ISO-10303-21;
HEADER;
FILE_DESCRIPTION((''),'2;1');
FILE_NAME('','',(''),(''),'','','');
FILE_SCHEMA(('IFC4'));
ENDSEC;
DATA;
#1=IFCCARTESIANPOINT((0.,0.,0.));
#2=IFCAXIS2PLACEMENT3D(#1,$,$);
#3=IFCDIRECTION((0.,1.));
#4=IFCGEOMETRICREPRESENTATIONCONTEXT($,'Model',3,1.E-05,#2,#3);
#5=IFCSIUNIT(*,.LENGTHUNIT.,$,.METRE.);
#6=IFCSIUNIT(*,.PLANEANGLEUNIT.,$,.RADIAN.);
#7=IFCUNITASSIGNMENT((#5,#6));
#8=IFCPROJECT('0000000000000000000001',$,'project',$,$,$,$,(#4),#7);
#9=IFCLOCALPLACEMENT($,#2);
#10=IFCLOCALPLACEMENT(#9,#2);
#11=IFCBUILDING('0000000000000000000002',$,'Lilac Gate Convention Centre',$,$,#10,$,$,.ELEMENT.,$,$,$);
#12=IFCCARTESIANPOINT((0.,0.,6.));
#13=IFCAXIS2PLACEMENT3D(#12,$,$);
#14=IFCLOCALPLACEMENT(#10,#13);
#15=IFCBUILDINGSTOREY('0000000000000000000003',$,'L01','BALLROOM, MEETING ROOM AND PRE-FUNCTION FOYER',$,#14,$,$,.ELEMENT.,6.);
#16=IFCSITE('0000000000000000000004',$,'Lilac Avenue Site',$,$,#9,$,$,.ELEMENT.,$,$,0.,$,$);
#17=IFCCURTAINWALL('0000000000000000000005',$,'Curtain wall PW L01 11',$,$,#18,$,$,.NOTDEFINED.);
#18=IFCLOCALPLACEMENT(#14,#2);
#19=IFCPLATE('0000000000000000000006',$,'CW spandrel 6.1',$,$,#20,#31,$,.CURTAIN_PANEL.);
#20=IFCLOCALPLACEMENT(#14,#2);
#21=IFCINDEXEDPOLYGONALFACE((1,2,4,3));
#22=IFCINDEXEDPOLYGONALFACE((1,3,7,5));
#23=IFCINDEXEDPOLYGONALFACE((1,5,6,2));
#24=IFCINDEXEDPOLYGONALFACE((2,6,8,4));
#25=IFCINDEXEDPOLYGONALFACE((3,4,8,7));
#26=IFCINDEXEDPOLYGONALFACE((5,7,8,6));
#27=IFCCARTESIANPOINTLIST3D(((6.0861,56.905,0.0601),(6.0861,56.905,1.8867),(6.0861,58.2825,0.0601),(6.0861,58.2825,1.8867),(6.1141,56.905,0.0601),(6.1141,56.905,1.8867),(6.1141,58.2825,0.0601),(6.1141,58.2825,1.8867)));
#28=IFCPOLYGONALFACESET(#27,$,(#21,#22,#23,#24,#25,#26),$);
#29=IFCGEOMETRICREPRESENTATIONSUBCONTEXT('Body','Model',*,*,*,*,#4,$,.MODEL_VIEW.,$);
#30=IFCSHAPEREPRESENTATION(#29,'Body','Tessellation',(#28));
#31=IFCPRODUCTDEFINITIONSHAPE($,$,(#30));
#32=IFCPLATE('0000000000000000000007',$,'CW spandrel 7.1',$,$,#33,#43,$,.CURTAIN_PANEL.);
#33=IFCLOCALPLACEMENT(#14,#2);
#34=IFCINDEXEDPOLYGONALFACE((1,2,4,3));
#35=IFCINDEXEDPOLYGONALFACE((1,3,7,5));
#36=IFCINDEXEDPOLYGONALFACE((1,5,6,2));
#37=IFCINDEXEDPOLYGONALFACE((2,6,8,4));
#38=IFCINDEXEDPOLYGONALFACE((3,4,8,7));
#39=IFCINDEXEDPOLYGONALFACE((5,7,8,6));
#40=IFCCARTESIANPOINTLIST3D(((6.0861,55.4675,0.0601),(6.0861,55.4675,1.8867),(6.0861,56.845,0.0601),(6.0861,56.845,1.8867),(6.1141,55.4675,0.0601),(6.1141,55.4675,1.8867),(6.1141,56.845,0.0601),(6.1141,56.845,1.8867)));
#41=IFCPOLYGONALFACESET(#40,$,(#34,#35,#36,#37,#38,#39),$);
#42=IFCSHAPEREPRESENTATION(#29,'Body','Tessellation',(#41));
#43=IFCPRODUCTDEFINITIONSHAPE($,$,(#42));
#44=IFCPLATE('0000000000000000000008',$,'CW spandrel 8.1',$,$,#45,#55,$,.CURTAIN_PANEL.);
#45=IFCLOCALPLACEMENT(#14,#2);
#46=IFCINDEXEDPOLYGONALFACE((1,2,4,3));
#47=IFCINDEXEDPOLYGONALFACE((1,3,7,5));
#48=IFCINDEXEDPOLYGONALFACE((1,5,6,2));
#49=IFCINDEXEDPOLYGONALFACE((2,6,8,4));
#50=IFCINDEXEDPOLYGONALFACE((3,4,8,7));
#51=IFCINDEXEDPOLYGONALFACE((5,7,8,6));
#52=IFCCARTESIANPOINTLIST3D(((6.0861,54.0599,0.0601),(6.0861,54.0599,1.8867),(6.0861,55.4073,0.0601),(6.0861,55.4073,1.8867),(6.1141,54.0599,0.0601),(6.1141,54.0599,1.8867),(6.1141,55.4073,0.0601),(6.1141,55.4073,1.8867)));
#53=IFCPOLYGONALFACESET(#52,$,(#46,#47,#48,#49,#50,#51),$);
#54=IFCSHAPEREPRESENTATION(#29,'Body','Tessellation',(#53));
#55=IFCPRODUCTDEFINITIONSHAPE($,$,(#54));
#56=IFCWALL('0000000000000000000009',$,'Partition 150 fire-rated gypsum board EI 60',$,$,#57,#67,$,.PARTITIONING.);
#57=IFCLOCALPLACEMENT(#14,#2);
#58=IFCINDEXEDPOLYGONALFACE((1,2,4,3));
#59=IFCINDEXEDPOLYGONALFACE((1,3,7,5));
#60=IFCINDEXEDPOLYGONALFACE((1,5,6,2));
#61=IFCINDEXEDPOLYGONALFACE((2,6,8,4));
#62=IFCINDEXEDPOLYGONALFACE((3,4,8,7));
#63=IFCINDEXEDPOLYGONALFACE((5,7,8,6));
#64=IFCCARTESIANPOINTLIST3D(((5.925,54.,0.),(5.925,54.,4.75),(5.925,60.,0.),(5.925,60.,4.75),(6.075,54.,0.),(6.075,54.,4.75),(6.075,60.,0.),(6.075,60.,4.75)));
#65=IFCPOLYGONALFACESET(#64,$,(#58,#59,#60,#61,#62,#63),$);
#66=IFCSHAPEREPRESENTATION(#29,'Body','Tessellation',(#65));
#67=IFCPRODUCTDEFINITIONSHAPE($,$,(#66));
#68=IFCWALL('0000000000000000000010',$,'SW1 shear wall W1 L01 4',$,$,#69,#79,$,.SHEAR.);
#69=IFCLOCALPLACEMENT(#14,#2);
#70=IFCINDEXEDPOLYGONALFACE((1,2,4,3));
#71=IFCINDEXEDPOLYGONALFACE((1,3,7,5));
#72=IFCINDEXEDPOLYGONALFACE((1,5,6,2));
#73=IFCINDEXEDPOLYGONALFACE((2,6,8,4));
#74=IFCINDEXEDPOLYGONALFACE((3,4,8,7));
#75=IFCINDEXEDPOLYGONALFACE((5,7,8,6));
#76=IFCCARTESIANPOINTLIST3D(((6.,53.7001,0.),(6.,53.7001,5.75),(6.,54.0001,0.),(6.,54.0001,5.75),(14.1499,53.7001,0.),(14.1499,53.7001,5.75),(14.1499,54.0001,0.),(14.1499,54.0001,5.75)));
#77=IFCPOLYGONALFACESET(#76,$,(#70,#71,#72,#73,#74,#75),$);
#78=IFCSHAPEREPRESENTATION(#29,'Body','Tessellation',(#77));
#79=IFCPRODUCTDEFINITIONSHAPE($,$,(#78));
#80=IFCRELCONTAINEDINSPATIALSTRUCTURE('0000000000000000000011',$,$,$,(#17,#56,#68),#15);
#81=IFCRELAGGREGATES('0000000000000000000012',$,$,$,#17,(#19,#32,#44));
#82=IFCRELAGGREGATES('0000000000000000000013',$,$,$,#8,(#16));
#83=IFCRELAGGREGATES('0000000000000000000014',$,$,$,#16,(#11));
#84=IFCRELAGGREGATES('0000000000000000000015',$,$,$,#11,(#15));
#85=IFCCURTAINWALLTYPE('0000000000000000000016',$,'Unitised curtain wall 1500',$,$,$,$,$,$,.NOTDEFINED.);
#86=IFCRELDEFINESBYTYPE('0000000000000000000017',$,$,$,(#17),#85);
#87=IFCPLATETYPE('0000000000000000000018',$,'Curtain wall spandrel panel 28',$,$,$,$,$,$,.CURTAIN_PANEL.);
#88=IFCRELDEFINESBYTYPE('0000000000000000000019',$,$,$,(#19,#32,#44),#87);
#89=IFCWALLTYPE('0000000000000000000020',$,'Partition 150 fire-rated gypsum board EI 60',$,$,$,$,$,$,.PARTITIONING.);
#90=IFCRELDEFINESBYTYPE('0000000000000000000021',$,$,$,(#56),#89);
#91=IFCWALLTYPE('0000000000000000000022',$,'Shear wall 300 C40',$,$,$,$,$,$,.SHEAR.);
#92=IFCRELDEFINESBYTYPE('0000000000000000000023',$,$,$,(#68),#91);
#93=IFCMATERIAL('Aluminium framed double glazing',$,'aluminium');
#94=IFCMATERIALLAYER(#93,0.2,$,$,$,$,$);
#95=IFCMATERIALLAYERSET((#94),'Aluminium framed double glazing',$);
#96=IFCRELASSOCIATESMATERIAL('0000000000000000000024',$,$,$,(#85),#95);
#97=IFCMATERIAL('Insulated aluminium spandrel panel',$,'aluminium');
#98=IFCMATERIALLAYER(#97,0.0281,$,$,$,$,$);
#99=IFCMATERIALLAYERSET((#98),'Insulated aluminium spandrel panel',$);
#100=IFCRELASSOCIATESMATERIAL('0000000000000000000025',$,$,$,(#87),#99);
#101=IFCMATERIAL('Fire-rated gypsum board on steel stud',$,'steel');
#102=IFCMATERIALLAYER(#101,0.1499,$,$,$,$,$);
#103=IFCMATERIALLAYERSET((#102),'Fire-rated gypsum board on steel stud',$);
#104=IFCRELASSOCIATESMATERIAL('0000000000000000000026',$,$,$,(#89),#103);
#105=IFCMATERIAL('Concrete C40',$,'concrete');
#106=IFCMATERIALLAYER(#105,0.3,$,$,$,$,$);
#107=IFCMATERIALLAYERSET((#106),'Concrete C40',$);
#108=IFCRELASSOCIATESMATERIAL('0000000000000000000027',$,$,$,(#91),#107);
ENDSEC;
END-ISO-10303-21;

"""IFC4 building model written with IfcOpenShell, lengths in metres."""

from ifc_helpers import new_model, si_unit, direction, frame, frame_2d, origin, origin_2d, place, context, subcontext, project, spatial, rectangle, extrude, material, layer, layer_set, type_object, element, aggregate, save


model = new_model("IFC4")

# Units and contexts
model_context = context("Model", 3, precision=1e-05, world=origin(), true_north=direction((0.0, 1.0)))
body_context = subcontext(model_context, "Body", "Model", "MODEL_VIEW")
ifc_project = project(units=[si_unit("LENGTHUNIT", "METRE"), si_unit("PLANEANGLEUNIT", "RADIAN")], contexts=[model_context])

# Site, building, storey
site_placement = place(None, origin())
site = spatial("IfcSite", under=ifc_project, at=site_placement, Name="Lilac Avenue Site", CompositionType="ELEMENT", RefElevation=0.0)
building_placement = place(site_placement, origin())
building = spatial("IfcBuilding", under=site, at=building_placement, Name="Lilac Gate Convention Centre", CompositionType="ELEMENT")
storey_placement = place(building_placement, frame((0.0, 0.0, 6.0)))
storey = spatial("IfcBuildingStorey", under=building, at=storey_placement, Name="L01", Description="BALLROOM, MEETING ROOM AND PRE-FUNCTION FOYER", CompositionType="ELEMENT", Elevation=6.0)

# Curtain wall
ifc_material_1 = material(Name="Aluminium framed double glazing", Category="aluminium")
ifc_layer_1 = layer(ifc_material_1, 0.2)
ifc_layer_set_1 = layer_set([ifc_layer_1], Name="Aluminium framed double glazing")
curtain_wall_type = type_object("IfcCurtainWallType", Name="Unitised curtain wall 1500", PredefinedType="NOTDEFINED", material=ifc_layer_set_1)
curtain_wall_placement = place(storey_placement, origin())
curtain_wall = element("IfcCurtainWall", 1, at=curtain_wall_placement, inside=storey, type_object=curtain_wall_type, Name="Curtain wall PW L01 11", PredefinedType="NOTDEFINED")

# Shared definitions
ifc_material_2 = material(Name="Concrete C40", Category="concrete")

# Plates
ifc_material_3 = material(Name="Insulated aluminium spandrel panel", Category="aluminium")
ifc_layer_2 = layer(ifc_material_3, 0.0281)
ifc_layer_set_2 = layer_set([ifc_layer_2], Name="Insulated aluminium spandrel panel")
plate_type_1 = type_object("IfcPlateType", Name="Curtain wall spandrel panel 28", PredefinedType="CURTAIN_PANEL", material=ifc_layer_set_2)
plate_1_placement = place(storey_placement, frame((6.1001, 57.5938, 0.0601), z_axis=(0.0, 0.0, 1.0), x_axis=(0.0, -1.0, 0.0)))
plate_1 = element("IfcPlate", 2, at=plate_1_placement, type_object=plate_type_1, Name="CW spandrel 6.1", PredefinedType="CURTAIN_PANEL", context=body_context, shape_type="SweptSolid", body=[
    extrude(rectangle(XDim=1.3774, YDim=0.0281, at=origin_2d()), origin(), (0.0, 0.0, 1.0), 1.8267),
])
plate_2_placement = place(storey_placement, frame((6.1001, 56.1562, 0.0601), z_axis=(0.0, 0.0, 1.0), x_axis=(0.0, -1.0, 0.0)))
plate_2 = element("IfcPlate", 3, at=plate_2_placement, type_object=plate_type_1, Name="CW spandrel 7.1", PredefinedType="CURTAIN_PANEL", context=body_context, shape_type="SweptSolid", body=[
    extrude(rectangle(XDim=1.3774, YDim=0.0281, at=origin_2d()), origin(), (0.0, 0.0, 1.0), 1.8267),
])
plate_3_placement = place(storey_placement, frame((6.1001, 54.7336, 0.0601), z_axis=(0.0, 0.0, 1.0), x_axis=(0.0, -1.0, 0.0)))
plate_3 = element("IfcPlate", 4, at=plate_3_placement, type_object=plate_type_1, Name="CW spandrel 8.1", PredefinedType="CURTAIN_PANEL", context=body_context, shape_type="SweptSolid", body=[
    extrude(rectangle(XDim=1.3474, YDim=0.0281, at=origin_2d()), origin(), (0.0, 0.0, 1.0), 1.8267),
])
aggregate(curtain_wall, [plate_1, plate_2, plate_3])

# Walls
ifc_material_4 = material(Name="Fire-rated gypsum board on steel stud", Category="steel")
ifc_layer_3 = layer(ifc_material_4, 0.1499)
ifc_layer_set_3 = layer_set([ifc_layer_3], Name="Fire-rated gypsum board on steel stud")
wall_type_1 = type_object("IfcWallType", Name="Partition 150 fire-rated gypsum board EI 60", PredefinedType="PARTITIONING", material=ifc_layer_set_3)
wall_1_placement = place(storey_placement, frame((6.0, 54.0, 0.0), z_axis=(0.0, 0.0, 1.0), x_axis=(0.0, 1.0, 0.0)))
element("IfcWall", 5, at=wall_1_placement, inside=storey, type_object=wall_type_1, Name="Partition 150 fire-rated gypsum board EI 60", PredefinedType="PARTITIONING", context=body_context, shape_type="SweptSolid", body=[
    extrude(rectangle(XDim=6.0, YDim=0.1499, at=frame_2d((3.0, 0.0))), origin(), (0.0, 0.0, 1.0), 4.75),
])
ifc_layer_4 = layer(ifc_material_2, 0.3)
ifc_layer_set_4 = layer_set([ifc_layer_4], Name="Concrete C40")
wall_type_2 = type_object("IfcWallType", Name="Shear wall 300 C40", PredefinedType="SHEAR", material=ifc_layer_set_4)
wall_2_placement = place(storey_placement, frame((6.0, 53.8501, 0.0), z_axis=(0.0, 0.0, 1.0), x_axis=(1.0, 0.0, 0.0)))
element("IfcWall", 6, at=wall_2_placement, inside=storey, type_object=wall_type_2, Name="SW1 shear wall W1 L01 4", PredefinedType="SHEAR", context=body_context, shape_type="SweptSolid", body=[
    extrude(rectangle(XDim=8.1499, YDim=0.3, at=frame_2d((4.075, 0.0))), origin(), (0.0, 0.0, 1.0), 5.75),
])

save(model, "model.ifc")
